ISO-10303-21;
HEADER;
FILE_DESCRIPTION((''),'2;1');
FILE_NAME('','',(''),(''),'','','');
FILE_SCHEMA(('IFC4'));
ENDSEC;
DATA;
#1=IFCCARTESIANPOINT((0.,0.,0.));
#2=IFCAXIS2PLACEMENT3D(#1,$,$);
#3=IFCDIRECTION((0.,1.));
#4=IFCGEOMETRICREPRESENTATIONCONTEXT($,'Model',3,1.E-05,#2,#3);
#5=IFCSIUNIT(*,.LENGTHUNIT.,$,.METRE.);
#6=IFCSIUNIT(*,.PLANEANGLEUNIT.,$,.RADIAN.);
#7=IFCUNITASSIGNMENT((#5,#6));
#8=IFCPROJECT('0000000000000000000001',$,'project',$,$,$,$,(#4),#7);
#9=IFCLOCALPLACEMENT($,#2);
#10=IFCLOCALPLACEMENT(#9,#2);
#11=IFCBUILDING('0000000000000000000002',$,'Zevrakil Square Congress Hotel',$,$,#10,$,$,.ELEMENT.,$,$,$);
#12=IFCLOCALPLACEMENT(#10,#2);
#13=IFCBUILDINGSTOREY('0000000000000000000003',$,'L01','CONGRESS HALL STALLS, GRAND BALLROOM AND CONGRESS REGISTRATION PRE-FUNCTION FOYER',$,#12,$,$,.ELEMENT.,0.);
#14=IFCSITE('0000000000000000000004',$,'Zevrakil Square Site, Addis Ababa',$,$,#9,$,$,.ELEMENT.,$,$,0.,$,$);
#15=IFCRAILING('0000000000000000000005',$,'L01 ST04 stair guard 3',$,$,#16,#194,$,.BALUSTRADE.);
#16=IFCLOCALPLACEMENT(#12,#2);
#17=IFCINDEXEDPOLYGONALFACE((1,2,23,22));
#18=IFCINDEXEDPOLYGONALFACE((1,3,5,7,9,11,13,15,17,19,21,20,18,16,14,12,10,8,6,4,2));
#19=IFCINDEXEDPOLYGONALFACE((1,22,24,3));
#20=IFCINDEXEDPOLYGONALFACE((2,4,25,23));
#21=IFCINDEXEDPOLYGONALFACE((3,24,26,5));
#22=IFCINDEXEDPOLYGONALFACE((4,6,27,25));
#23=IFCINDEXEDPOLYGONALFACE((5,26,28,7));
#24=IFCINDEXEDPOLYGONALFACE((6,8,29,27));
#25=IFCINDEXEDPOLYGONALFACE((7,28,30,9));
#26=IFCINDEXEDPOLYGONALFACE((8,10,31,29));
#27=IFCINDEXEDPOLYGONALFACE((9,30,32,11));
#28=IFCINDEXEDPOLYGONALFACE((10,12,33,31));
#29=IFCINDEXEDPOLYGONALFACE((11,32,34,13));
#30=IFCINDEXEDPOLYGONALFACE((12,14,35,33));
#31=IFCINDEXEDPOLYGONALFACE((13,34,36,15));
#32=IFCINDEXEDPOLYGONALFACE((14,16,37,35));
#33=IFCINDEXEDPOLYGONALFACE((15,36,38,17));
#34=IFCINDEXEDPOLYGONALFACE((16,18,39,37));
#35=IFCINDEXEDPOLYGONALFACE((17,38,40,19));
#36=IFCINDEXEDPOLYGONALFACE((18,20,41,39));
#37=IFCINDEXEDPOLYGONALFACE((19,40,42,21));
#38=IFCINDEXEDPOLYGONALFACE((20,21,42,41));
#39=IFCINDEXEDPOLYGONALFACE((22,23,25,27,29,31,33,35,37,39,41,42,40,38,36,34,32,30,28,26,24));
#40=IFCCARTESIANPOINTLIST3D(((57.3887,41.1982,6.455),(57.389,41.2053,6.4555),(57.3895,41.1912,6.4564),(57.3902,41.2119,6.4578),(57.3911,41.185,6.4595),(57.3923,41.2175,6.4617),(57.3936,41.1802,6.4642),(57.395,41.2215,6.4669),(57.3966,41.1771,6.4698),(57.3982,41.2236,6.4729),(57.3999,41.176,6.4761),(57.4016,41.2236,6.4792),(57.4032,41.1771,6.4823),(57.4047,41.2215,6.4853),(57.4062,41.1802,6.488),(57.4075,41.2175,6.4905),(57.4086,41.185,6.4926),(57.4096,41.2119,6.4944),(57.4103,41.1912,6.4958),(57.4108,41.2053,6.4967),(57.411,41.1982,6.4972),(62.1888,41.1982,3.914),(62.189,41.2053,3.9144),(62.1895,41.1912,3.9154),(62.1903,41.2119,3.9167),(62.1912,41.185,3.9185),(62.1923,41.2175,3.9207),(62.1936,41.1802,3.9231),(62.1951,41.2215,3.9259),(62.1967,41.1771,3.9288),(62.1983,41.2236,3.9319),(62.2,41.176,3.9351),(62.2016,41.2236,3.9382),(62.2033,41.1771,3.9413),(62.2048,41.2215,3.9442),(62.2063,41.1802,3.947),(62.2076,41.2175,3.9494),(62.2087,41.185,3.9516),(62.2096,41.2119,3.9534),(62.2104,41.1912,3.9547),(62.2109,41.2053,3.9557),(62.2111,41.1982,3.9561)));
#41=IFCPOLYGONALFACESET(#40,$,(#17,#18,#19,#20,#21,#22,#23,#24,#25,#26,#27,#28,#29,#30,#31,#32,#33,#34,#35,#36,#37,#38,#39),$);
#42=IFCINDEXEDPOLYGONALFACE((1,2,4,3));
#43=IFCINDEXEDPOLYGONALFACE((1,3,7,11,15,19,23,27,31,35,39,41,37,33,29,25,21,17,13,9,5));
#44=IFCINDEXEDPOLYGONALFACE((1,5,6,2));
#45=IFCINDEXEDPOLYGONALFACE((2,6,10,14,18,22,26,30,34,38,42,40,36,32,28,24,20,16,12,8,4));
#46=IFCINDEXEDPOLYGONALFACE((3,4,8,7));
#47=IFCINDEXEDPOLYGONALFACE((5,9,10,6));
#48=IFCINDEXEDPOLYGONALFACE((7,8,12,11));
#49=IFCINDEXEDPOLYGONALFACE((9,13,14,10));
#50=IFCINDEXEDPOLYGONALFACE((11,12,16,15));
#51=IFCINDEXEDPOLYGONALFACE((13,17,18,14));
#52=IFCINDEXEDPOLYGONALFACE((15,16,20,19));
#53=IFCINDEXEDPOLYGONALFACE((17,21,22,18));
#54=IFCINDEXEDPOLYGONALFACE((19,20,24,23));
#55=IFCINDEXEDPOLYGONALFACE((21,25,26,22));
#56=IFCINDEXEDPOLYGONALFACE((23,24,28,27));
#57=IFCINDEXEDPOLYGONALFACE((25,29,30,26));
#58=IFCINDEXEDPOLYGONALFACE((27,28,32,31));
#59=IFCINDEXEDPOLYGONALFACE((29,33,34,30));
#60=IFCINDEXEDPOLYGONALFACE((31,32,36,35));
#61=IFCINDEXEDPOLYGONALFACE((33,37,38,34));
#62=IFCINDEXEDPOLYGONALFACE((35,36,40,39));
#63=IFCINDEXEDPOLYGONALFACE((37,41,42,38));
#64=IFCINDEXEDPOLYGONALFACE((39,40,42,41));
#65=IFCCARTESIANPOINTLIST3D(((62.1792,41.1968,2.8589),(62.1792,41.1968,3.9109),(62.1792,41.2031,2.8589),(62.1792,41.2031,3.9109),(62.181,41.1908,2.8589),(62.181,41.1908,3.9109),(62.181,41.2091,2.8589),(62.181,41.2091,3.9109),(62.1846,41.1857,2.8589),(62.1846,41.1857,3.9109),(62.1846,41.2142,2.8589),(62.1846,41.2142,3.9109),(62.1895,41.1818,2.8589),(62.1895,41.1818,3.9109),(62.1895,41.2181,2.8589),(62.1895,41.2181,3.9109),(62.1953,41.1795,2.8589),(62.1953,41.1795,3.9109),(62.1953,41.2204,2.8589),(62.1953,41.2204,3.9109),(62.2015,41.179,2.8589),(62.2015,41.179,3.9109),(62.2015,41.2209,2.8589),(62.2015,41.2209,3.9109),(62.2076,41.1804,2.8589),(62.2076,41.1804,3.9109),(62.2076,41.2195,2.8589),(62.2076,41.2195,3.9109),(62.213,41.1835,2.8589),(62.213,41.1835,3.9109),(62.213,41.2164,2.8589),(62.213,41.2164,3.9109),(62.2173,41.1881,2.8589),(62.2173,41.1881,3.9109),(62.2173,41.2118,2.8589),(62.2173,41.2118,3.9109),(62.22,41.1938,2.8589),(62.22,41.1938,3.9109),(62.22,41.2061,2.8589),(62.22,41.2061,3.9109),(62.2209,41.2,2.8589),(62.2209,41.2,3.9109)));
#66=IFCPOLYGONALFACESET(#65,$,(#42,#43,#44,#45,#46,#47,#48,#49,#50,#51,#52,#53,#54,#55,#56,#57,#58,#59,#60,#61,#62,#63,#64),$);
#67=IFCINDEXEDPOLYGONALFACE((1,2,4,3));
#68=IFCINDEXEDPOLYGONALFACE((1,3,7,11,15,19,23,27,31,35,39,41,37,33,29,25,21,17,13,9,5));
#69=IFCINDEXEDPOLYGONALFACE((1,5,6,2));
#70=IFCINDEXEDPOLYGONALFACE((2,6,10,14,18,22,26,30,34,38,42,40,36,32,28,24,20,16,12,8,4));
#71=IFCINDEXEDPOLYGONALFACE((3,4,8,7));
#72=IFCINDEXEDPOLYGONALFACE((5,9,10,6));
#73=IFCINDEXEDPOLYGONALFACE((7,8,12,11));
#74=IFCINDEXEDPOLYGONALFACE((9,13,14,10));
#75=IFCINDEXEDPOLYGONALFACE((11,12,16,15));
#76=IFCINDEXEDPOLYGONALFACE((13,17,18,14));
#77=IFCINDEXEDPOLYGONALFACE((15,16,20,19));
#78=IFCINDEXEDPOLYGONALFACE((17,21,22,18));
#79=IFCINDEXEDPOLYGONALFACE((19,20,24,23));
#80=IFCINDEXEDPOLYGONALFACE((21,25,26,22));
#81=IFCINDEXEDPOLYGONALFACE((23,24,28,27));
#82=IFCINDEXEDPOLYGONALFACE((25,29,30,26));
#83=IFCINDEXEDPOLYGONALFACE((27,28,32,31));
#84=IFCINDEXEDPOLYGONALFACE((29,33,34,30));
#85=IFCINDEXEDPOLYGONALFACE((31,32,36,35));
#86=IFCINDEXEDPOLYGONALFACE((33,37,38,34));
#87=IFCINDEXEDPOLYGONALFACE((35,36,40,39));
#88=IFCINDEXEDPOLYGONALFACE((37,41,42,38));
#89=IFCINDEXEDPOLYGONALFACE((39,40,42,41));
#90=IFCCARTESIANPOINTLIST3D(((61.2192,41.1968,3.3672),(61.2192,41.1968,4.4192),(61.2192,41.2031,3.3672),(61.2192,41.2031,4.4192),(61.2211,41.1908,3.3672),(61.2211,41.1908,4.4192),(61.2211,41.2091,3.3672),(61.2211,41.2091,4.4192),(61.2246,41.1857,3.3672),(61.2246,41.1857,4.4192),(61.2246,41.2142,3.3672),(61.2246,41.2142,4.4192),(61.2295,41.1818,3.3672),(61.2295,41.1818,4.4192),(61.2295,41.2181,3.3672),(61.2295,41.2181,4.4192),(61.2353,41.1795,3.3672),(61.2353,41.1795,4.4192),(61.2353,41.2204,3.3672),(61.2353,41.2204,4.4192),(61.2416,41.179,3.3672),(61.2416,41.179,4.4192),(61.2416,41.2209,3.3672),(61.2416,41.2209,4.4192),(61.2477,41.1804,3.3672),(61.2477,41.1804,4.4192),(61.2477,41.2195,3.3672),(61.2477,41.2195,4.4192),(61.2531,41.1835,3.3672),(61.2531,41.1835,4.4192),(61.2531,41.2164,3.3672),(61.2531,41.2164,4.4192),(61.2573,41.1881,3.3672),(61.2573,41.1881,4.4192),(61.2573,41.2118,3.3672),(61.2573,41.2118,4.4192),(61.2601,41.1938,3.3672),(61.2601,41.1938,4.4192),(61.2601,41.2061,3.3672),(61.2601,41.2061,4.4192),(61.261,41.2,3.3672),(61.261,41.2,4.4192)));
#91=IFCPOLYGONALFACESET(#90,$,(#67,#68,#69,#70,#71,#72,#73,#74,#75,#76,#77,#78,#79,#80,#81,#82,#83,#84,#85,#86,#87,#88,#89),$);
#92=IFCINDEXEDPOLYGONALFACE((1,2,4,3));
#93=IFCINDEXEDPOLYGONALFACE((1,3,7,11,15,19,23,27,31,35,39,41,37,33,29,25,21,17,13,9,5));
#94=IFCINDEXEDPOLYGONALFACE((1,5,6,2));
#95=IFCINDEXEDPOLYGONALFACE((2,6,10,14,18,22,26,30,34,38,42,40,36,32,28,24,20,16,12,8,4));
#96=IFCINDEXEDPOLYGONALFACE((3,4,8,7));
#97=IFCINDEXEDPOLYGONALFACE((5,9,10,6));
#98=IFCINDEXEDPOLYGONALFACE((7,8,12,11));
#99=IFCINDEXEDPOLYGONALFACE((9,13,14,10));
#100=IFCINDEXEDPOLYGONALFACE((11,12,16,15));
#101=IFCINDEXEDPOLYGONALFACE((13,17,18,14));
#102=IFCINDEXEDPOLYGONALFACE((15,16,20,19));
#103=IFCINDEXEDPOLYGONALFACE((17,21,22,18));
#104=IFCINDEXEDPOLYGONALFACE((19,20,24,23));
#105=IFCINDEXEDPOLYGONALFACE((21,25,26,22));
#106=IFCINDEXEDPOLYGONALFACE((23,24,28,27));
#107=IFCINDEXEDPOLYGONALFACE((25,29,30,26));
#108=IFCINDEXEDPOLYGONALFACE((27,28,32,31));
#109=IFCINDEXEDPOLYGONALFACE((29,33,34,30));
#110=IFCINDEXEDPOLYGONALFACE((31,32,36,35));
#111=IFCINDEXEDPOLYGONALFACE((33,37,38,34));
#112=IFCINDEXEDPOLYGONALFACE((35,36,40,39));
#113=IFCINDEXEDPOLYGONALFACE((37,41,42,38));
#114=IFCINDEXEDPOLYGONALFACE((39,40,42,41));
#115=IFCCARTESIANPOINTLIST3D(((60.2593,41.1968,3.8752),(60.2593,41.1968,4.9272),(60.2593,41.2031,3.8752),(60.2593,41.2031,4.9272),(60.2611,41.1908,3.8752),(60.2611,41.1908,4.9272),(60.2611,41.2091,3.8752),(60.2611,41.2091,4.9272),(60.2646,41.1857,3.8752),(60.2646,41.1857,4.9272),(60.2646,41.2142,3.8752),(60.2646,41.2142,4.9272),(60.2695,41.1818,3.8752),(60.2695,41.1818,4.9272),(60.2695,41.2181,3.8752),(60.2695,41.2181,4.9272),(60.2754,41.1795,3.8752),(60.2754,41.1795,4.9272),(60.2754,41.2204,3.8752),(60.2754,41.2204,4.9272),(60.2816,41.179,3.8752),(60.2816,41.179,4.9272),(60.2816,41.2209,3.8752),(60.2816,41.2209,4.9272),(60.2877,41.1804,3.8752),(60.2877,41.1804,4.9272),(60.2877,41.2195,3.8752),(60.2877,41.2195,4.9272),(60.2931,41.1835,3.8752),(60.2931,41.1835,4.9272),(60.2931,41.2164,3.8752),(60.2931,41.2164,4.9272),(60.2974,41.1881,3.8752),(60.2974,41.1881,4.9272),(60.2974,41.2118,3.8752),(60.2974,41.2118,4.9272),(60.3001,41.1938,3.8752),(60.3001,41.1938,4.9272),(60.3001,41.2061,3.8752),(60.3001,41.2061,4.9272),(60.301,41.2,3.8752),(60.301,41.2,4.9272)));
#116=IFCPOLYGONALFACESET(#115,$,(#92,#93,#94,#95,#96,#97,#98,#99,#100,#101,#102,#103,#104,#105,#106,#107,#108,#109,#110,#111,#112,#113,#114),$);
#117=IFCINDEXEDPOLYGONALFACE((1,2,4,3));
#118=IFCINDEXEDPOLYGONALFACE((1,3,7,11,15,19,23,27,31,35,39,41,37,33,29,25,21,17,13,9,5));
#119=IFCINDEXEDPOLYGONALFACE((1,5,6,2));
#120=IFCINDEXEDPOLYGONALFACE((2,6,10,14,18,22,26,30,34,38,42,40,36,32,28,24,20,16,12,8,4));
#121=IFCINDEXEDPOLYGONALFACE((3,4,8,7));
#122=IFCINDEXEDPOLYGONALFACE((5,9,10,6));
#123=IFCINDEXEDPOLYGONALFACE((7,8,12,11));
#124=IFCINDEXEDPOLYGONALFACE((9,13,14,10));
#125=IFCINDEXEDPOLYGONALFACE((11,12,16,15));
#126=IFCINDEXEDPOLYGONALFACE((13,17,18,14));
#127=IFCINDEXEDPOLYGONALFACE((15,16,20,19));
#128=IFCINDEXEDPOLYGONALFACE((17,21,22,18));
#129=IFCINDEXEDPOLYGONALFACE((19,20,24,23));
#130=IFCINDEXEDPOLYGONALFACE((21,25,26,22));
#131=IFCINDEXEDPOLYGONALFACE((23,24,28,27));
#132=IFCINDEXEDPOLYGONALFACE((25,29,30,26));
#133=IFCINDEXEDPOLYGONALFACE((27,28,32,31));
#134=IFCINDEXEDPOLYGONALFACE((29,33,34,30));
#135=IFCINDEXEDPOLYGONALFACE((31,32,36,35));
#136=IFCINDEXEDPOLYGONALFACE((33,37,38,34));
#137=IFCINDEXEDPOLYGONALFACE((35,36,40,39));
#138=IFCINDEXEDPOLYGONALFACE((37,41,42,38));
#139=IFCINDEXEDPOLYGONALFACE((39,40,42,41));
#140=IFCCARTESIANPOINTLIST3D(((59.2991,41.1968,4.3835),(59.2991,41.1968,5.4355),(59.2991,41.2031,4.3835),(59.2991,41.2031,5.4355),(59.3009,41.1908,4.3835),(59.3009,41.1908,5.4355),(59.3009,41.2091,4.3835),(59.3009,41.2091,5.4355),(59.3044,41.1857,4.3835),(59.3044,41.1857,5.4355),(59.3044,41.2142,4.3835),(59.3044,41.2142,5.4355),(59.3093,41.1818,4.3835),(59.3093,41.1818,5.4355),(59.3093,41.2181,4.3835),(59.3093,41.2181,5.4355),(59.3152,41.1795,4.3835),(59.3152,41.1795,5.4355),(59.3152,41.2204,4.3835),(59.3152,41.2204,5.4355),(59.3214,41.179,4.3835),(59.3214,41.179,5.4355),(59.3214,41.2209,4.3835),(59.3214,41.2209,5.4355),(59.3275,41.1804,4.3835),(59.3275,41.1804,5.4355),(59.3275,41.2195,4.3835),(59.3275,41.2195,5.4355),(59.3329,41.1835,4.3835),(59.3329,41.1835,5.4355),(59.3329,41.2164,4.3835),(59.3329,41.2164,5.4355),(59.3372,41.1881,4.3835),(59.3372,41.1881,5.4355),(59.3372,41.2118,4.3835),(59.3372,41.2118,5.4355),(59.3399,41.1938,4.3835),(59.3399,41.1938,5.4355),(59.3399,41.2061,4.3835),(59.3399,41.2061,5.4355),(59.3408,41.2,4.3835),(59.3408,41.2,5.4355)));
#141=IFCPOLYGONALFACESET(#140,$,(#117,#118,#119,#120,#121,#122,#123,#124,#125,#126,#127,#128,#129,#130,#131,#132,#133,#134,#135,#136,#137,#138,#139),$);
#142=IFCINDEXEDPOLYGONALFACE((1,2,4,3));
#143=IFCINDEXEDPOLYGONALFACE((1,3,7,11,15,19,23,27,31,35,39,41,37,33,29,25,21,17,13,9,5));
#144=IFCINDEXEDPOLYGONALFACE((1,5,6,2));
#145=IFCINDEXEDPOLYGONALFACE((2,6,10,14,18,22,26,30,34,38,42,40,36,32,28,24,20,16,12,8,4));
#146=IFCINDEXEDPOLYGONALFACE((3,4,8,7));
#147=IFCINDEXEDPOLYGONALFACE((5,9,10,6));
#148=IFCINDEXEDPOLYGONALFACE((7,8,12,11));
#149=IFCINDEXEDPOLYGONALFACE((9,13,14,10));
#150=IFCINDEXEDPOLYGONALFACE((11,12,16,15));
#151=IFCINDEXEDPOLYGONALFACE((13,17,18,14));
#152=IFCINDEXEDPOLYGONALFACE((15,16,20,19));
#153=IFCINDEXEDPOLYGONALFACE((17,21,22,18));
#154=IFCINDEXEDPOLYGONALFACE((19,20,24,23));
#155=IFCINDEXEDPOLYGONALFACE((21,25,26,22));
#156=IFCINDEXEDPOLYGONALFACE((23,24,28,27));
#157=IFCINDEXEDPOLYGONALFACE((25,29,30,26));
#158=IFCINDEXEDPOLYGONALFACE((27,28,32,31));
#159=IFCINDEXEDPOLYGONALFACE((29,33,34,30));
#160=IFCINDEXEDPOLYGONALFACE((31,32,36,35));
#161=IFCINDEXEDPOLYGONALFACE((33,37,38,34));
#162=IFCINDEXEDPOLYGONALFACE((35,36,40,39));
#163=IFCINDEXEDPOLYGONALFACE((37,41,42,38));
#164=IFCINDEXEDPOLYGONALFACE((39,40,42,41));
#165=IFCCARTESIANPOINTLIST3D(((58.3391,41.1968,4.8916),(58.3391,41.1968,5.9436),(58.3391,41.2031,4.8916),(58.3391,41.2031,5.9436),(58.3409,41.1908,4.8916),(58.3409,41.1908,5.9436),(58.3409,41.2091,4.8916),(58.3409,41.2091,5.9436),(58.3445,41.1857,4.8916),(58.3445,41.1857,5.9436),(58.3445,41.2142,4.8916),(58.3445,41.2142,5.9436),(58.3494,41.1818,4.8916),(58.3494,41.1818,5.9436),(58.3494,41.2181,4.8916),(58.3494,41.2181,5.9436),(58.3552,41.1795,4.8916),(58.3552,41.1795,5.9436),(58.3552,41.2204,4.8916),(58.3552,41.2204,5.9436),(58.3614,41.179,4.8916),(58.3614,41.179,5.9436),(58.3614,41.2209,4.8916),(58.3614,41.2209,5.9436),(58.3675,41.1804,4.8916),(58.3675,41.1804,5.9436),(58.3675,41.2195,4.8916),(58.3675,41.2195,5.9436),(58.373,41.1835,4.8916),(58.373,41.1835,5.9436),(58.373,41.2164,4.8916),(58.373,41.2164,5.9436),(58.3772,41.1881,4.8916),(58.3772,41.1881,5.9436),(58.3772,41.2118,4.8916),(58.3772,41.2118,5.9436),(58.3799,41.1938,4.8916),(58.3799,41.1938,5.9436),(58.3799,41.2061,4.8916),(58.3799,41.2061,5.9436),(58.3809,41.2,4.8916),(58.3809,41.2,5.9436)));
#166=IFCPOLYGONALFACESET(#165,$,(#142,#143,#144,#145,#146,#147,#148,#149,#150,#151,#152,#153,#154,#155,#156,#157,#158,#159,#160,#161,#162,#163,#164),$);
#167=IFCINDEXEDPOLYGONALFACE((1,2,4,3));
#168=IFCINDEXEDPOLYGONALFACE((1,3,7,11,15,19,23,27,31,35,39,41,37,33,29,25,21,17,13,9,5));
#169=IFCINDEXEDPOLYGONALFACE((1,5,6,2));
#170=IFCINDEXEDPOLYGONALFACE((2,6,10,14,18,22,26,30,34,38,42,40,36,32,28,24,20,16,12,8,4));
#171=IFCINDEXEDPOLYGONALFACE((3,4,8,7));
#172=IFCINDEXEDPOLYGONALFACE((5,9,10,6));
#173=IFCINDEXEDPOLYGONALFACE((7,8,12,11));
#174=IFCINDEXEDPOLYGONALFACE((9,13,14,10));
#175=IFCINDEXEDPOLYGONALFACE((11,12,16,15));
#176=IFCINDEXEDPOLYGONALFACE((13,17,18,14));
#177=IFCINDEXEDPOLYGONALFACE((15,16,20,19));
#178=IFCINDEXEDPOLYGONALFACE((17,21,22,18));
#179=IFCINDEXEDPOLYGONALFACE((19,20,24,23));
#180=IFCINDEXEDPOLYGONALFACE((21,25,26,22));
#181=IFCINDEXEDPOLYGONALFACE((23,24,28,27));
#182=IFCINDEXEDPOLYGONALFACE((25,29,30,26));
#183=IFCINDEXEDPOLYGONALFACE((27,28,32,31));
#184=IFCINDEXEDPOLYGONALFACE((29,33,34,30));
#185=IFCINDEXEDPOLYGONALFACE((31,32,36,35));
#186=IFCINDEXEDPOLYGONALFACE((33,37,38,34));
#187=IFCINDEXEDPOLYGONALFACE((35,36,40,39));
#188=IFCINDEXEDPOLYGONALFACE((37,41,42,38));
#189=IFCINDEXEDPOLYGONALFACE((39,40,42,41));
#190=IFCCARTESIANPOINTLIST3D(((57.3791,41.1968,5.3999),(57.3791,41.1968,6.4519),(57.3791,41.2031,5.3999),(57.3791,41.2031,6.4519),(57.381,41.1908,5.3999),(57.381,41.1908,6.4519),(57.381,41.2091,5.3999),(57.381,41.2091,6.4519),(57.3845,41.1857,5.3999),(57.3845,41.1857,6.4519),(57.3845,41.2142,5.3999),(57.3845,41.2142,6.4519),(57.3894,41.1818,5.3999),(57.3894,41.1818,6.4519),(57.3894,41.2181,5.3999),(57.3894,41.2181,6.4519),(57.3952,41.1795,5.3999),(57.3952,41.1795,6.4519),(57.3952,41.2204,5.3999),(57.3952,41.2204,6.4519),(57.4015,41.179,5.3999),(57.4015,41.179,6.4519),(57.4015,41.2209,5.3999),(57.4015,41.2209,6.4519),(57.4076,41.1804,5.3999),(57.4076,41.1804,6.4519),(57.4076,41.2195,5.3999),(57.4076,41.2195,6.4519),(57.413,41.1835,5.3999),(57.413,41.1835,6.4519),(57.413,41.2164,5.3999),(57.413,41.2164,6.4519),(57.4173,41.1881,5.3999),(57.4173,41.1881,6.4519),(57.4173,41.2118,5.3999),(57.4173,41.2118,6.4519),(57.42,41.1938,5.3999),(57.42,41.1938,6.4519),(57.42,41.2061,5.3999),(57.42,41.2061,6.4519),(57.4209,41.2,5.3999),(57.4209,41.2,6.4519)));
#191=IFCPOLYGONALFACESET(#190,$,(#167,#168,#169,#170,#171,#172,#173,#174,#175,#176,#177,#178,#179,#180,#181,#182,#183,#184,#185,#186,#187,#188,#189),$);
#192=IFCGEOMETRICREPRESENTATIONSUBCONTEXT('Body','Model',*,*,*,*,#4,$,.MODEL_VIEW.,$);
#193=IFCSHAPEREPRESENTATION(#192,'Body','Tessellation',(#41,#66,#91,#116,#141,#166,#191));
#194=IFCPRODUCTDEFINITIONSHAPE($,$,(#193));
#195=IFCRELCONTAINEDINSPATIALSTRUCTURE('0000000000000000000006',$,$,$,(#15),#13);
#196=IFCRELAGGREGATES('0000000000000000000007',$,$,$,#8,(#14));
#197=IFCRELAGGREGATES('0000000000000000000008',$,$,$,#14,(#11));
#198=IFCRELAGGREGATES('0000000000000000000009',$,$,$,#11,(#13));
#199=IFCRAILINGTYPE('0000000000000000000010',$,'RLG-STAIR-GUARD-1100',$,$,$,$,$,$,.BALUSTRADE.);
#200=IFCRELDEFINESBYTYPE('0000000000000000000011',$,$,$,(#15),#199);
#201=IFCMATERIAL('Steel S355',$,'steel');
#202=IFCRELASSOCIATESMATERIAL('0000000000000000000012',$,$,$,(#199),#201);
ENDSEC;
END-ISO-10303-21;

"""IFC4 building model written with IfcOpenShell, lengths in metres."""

from ifc_helpers import new_model, si_unit, direction, frame, origin, origin_2d, place, context, subcontext, project, spatial, circle, extrude, material, type_object, element, save


model = new_model("IFC4")

# Units and contexts
model_context = context("Model", 3, precision=1e-05, world=origin(), true_north=direction((0.0, 1.0)))
body_context = subcontext(model_context, "Body", "Model", "MODEL_VIEW")
ifc_project = project(units=[si_unit("LENGTHUNIT", "METRE"), si_unit("PLANEANGLEUNIT", "RADIAN")], contexts=[model_context])

# Site, building, storey
site_placement = place(None, origin())
site = spatial("IfcSite", under=ifc_project, at=site_placement, Name="Zevrakil Square Site, Addis Ababa", CompositionType="ELEMENT", RefElevation=0.0)
building_placement = place(site_placement, origin())
building = spatial("IfcBuilding", under=site, at=building_placement, Name="Zevrakil Square Congress Hotel", CompositionType="ELEMENT")
storey_placement = place(building_placement, origin())
storey = spatial("IfcBuildingStorey", under=building, at=storey_placement, Name="L01", Description="CONGRESS HALL STALLS, GRAND BALLROOM AND CONGRESS REGISTRATION PRE-FUNCTION FOYER", CompositionType="ELEMENT", Elevation=0.0)

# Railing
ifc_material_1 = material(Name="Steel S355", Category="steel")
railing_type_1 = type_object("IfcRailingType", Name="RLG-STAIR-GUARD-1100", PredefinedType="BALUSTRADE", material=ifc_material_1)
railing_1_placement = place(storey_placement, frame((62.2, 41.2, 2.8589)))
element("IfcRailing", 1, at=railing_1_placement, inside=storey, type_object=railing_type_1, Name="L01 ST04 stair guard 3", PredefinedType="BALUSTRADE", context=body_context, shape_type="SweptSolid", body=[
    extrude(circle(Radius=0.0239, at=origin_2d()), frame((0.0, 0.0, 1.0762), z_axis=(-0.883802, 0.0, 0.467861), x_axis=(0.0, -1.0, 0.0)), (0.0, 0.0, 1.0), 5.4312),
    extrude(circle(Radius=0.021, at=origin_2d()), origin(), (0.0, 0.0, 1.0), 1.052),
    extrude(circle(Radius=0.021, at=origin_2d()), frame((-0.96, 0.0, 0.5083)), (0.0, 0.0, 1.0), 1.052),
    extrude(circle(Radius=0.021, at=origin_2d()), frame((-1.9199, 0.0, 1.0164)), (0.0, 0.0, 1.0), 1.052),
    extrude(circle(Radius=0.021, at=origin_2d()), frame((-2.8801, 0.0, 1.5247)), (0.0, 0.0, 1.0), 1.052),
    extrude(circle(Radius=0.021, at=origin_2d()), frame((-3.8401, 0.0, 2.0327)), (0.0, 0.0, 1.0), 1.052),
    extrude(circle(Radius=0.021, at=origin_2d()), frame((-4.8, 0.0, 2.541)), (0.0, 0.0, 1.0), 1.052),
])

save(model, "model.ifc")
